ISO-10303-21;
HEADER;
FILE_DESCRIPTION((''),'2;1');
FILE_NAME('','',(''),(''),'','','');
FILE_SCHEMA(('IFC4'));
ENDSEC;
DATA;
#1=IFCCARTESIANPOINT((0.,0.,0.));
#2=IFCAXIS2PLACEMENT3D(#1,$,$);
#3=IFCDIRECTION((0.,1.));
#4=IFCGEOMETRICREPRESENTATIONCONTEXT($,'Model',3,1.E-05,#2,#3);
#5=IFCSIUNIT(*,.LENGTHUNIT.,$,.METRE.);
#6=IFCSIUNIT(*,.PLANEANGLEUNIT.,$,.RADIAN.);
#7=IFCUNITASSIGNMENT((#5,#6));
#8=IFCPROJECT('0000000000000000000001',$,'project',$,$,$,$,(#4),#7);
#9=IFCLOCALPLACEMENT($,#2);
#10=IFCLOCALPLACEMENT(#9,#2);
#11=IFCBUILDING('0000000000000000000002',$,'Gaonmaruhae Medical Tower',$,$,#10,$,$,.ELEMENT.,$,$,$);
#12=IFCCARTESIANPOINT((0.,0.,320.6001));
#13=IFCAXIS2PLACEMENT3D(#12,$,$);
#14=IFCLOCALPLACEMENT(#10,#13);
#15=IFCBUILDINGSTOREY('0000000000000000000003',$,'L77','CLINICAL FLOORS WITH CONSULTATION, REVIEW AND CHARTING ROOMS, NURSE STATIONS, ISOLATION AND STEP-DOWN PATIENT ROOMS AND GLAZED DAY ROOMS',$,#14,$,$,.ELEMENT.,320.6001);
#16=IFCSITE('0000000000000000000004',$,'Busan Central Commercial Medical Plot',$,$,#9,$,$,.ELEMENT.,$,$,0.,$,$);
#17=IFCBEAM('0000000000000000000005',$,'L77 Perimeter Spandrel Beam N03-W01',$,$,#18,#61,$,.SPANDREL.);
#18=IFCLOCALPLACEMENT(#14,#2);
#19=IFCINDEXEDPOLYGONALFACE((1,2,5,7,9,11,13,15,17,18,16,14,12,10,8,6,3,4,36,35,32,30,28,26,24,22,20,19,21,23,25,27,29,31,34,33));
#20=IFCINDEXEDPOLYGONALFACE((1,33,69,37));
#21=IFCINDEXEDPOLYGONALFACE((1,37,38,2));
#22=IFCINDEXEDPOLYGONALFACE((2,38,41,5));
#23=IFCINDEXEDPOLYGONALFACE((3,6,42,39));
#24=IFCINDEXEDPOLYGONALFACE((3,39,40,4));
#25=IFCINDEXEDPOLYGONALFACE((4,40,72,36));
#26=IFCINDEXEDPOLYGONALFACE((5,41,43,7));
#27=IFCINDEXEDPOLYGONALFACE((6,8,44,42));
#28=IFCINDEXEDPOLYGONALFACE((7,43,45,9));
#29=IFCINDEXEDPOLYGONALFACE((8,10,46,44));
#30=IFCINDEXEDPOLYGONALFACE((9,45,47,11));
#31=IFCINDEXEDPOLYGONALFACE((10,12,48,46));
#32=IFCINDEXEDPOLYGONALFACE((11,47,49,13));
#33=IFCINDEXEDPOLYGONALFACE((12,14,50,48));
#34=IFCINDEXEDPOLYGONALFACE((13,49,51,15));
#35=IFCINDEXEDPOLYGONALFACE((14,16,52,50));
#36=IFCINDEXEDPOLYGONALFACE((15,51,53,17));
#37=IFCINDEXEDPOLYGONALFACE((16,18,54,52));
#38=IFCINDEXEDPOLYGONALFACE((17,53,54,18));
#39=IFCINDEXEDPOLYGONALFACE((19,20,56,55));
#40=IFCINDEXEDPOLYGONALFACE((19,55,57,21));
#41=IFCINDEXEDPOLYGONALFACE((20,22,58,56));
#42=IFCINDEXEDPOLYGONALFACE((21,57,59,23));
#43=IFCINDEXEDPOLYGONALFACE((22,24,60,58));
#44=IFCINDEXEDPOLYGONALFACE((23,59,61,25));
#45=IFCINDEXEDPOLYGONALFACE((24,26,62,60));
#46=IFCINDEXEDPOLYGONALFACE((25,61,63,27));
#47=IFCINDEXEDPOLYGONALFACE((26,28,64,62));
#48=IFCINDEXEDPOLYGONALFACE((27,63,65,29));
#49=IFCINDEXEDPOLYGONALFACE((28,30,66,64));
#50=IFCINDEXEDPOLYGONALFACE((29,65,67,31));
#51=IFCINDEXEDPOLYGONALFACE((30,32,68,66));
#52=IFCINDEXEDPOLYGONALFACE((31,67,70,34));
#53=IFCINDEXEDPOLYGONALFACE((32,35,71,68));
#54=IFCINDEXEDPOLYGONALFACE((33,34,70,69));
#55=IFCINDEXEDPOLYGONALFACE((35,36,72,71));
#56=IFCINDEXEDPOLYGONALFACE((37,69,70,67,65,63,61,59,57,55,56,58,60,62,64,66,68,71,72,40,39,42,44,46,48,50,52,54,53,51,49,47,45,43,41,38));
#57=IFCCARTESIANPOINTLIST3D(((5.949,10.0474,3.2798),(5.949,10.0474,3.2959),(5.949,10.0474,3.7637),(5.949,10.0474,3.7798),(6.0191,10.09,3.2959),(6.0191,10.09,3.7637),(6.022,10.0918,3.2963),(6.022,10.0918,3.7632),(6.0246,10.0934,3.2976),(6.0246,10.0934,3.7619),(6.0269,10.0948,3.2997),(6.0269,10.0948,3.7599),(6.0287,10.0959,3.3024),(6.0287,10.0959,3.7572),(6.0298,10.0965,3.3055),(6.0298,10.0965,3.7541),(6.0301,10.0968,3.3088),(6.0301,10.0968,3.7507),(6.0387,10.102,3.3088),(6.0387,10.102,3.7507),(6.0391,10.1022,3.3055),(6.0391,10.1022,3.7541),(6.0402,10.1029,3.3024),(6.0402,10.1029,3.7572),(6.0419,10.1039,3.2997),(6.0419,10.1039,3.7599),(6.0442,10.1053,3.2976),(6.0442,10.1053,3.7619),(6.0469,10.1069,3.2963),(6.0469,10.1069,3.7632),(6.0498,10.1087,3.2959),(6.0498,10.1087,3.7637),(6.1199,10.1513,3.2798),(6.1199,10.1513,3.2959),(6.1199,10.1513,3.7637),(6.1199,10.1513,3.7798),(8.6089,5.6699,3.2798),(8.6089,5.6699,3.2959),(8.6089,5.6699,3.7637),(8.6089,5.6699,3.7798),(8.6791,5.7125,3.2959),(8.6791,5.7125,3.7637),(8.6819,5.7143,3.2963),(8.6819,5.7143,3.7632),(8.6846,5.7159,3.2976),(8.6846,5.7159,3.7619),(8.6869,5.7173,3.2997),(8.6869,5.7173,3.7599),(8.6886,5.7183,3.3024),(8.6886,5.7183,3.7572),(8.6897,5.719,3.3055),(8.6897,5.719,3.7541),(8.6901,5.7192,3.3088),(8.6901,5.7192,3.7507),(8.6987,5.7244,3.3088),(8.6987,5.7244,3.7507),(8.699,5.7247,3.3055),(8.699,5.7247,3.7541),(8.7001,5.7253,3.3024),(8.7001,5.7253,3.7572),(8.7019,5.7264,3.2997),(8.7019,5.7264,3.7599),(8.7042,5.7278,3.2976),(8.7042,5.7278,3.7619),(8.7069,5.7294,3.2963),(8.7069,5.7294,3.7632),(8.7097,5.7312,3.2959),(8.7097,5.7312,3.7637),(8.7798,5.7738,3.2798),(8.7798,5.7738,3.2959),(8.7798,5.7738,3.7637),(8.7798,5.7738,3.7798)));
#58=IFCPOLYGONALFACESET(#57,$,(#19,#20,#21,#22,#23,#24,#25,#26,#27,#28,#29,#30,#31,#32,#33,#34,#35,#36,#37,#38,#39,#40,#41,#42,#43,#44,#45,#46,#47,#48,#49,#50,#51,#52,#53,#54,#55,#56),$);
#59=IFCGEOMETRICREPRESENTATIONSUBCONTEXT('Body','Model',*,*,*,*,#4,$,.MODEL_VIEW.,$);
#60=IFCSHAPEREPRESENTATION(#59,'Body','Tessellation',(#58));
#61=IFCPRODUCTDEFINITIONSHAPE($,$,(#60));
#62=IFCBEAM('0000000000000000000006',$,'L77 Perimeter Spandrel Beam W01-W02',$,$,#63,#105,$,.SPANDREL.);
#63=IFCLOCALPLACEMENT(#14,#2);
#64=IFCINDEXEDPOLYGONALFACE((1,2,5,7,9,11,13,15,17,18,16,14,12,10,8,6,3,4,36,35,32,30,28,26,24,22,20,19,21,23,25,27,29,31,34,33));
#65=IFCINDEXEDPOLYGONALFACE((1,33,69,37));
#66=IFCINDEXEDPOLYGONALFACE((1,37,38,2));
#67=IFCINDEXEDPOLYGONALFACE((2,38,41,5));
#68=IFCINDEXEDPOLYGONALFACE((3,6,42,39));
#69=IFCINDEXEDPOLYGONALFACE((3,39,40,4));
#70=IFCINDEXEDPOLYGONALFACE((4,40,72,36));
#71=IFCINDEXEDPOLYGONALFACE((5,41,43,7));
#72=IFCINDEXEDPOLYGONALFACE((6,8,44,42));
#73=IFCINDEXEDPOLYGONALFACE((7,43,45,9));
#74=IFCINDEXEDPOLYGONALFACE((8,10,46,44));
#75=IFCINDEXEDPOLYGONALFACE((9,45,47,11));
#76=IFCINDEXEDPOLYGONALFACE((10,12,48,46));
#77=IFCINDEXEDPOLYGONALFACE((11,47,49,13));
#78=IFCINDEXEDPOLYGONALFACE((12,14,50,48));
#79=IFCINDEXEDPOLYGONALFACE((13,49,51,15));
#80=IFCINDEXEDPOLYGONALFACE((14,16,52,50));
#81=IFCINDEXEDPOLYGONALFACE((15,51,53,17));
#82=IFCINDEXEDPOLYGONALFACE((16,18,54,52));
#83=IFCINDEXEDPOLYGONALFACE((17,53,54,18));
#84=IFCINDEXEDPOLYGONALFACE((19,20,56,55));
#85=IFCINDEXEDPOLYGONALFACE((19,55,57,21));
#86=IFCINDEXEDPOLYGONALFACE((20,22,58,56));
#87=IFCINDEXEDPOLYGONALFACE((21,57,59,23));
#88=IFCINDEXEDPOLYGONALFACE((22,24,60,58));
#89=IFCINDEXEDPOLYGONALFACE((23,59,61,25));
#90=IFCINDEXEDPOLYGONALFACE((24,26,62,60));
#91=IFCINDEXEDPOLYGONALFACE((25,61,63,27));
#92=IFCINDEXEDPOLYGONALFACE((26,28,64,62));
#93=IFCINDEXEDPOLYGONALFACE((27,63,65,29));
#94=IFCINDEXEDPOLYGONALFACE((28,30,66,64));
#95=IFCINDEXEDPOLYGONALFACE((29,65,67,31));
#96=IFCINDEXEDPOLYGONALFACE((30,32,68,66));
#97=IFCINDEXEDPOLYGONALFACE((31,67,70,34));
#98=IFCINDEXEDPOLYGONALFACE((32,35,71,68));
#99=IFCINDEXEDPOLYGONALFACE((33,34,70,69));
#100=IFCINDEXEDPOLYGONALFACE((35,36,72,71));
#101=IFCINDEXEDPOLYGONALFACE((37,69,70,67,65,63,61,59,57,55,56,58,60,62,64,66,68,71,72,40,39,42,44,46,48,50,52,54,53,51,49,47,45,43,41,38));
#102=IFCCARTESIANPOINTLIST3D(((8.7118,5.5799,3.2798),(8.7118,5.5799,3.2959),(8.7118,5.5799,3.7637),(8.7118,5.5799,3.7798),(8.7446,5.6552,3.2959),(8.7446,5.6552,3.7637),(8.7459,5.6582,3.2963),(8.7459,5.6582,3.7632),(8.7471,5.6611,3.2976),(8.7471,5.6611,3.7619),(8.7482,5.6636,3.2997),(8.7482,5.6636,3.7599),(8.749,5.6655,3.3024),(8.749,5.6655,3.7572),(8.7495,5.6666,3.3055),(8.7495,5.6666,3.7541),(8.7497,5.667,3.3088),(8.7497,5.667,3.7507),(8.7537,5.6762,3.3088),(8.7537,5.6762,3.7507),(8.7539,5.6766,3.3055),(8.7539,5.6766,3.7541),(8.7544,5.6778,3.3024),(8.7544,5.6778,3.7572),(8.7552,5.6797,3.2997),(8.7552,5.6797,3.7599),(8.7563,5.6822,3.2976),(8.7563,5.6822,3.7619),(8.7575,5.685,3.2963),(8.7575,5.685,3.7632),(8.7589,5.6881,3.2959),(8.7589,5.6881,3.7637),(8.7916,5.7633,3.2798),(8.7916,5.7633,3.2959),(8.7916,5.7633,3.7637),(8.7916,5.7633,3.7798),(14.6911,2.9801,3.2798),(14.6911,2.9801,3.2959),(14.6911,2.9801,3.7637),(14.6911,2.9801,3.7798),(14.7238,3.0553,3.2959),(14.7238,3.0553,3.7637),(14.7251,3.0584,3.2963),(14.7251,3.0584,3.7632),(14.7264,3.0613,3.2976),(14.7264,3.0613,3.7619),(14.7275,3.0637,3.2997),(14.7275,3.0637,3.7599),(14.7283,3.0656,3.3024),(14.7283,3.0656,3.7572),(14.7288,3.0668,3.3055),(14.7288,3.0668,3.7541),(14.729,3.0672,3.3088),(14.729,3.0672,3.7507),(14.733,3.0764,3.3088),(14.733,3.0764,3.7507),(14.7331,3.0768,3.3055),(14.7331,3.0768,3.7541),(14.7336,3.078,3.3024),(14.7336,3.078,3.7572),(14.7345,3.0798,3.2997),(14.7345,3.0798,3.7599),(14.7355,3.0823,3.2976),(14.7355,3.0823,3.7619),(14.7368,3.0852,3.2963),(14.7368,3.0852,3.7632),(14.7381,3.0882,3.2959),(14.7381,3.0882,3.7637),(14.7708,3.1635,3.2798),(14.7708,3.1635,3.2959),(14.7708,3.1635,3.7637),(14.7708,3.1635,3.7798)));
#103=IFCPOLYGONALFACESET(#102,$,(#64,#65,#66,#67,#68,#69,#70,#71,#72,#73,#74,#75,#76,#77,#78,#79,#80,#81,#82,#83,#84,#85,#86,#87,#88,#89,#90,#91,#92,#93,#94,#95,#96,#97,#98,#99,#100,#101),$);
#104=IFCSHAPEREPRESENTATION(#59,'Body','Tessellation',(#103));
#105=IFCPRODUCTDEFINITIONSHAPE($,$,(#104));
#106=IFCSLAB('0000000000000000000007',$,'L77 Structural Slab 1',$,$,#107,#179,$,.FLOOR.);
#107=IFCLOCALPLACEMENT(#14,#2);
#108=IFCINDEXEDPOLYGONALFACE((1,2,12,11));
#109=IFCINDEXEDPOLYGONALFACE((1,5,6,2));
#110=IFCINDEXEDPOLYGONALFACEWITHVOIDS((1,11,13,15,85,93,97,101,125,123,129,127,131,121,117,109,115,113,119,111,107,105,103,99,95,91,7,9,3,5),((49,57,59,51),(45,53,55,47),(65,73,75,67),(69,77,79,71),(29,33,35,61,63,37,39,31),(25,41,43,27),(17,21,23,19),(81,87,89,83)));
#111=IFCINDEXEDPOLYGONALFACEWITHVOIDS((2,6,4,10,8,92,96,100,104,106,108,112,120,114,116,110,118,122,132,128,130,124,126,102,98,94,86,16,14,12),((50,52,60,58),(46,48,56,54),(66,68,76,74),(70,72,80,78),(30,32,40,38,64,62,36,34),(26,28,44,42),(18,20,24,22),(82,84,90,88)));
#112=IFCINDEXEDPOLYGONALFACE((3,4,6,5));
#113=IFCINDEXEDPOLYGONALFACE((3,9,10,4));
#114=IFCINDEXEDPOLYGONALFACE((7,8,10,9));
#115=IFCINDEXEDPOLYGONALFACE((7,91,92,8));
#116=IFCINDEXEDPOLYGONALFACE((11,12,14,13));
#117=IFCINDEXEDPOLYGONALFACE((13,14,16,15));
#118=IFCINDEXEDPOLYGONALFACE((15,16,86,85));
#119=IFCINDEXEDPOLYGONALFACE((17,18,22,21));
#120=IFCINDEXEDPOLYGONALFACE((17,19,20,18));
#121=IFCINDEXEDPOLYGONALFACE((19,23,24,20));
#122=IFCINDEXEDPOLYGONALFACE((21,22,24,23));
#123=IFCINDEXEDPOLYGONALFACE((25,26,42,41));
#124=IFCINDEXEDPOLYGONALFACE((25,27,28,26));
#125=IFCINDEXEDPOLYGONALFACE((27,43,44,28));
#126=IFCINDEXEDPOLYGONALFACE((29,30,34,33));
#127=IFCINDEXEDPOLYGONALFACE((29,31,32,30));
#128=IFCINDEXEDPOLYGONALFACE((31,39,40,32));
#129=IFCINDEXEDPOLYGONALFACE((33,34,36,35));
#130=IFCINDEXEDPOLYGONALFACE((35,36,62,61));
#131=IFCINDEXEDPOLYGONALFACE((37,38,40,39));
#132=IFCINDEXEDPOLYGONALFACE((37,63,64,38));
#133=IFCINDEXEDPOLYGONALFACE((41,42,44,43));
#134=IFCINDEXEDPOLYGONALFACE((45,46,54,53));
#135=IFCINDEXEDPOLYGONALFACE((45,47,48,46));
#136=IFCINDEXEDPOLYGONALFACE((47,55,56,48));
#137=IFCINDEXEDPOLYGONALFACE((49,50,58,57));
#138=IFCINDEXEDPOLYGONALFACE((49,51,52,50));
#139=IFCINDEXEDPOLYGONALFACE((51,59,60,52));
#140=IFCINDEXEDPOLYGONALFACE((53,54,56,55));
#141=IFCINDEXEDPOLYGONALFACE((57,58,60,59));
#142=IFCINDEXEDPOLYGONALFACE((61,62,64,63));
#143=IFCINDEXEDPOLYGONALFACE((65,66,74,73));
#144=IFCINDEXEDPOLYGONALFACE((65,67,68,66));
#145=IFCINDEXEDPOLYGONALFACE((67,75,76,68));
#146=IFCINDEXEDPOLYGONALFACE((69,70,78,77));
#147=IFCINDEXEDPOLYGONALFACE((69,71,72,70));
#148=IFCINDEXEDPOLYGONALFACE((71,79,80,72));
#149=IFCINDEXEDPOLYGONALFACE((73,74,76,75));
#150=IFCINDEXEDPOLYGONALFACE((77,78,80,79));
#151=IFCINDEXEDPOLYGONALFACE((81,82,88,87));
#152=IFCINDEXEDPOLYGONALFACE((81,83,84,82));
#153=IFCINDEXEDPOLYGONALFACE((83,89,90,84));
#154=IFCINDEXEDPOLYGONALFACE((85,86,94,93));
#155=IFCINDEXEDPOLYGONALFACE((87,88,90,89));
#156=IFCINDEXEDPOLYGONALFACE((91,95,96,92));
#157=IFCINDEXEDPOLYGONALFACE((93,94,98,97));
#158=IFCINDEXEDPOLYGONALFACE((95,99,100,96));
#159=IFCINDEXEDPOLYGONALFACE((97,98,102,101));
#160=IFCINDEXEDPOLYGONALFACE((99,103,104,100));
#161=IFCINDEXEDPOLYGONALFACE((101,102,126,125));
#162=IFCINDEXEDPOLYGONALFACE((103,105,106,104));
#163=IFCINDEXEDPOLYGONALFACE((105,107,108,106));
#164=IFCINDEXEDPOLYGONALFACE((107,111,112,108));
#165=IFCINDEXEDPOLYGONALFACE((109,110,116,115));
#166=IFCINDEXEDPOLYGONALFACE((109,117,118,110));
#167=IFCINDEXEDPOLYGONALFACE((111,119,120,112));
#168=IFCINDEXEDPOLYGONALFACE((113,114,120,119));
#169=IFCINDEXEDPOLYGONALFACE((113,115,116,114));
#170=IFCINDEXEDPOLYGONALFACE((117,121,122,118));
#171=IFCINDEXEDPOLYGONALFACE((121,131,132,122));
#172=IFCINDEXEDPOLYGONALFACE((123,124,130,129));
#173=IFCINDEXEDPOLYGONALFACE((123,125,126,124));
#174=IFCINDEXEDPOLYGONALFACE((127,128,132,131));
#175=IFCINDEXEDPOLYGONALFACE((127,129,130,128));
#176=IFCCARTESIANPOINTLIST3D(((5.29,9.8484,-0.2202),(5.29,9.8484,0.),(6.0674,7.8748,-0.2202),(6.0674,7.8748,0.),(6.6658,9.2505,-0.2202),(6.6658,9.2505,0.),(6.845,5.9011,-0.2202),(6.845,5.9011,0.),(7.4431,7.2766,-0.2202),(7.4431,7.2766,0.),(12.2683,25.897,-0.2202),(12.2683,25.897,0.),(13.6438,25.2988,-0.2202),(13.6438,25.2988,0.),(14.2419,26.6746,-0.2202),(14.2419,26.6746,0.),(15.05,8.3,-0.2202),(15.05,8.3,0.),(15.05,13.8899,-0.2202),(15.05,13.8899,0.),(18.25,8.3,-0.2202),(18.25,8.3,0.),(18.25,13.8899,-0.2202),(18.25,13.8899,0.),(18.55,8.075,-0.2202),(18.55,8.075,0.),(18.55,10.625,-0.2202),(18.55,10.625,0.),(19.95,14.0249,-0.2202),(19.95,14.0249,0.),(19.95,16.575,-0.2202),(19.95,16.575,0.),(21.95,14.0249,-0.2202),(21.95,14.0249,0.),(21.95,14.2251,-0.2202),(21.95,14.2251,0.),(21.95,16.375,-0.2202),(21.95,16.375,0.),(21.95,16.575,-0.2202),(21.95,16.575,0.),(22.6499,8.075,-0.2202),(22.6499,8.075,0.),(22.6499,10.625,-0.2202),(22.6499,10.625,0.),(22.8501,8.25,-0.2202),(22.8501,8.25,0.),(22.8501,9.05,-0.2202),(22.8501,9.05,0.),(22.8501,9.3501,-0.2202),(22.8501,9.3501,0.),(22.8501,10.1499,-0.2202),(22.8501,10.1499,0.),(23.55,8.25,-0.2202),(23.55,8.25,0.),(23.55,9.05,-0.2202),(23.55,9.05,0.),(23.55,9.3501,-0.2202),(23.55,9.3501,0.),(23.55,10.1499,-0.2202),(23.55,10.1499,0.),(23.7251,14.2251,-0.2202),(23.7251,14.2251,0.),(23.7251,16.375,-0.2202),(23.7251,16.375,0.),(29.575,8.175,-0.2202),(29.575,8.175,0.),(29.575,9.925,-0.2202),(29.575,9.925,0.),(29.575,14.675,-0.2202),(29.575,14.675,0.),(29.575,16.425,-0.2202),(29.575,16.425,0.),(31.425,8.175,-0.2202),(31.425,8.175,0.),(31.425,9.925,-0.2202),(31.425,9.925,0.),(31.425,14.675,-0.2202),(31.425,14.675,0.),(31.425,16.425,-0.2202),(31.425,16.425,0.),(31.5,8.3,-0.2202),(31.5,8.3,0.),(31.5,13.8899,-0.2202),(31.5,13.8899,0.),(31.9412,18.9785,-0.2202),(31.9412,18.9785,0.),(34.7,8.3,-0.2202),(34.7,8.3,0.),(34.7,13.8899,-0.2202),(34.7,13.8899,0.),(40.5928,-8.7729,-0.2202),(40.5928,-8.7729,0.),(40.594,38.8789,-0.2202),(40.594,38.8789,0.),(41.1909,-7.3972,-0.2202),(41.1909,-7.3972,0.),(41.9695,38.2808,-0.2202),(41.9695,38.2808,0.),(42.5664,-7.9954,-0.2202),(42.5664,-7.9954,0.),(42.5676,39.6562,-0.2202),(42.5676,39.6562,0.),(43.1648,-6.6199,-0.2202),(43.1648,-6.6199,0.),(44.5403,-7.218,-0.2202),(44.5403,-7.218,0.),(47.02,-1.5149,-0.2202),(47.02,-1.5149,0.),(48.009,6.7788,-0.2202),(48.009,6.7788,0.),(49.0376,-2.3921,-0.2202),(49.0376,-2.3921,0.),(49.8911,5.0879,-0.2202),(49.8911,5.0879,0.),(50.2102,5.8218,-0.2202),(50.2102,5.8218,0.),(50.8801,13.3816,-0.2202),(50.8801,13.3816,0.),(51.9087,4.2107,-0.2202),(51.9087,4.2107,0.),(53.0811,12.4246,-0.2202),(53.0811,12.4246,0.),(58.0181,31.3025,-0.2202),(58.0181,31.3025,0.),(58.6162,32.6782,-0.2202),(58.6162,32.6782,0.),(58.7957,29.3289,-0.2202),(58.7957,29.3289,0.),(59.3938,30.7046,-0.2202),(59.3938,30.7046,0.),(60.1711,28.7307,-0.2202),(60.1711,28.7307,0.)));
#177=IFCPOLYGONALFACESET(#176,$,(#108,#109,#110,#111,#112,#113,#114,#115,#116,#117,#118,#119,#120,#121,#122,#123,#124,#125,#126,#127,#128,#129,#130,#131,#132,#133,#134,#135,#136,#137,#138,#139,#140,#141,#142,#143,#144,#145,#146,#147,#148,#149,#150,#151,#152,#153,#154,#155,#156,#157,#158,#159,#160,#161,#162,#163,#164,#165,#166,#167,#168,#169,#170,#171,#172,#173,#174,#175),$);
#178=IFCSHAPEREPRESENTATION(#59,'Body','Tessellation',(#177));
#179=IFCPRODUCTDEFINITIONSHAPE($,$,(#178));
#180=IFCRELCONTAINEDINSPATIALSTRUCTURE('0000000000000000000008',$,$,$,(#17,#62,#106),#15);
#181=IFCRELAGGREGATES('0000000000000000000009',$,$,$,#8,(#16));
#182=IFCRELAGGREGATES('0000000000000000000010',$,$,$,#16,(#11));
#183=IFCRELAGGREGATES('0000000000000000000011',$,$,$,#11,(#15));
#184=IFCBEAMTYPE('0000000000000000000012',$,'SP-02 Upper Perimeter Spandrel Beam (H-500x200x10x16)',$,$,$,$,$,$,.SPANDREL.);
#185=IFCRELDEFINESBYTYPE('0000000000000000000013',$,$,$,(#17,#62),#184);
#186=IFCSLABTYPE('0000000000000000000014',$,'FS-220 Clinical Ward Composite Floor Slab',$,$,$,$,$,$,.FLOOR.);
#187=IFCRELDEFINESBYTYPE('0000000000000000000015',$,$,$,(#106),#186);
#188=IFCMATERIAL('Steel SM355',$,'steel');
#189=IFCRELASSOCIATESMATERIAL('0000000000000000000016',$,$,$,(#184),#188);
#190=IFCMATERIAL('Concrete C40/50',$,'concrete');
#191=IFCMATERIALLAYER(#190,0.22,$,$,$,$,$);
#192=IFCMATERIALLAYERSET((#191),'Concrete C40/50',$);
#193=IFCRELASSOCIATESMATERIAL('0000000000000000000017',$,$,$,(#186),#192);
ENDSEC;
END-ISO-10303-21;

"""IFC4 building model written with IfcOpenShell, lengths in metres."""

from ifc_helpers import new_model, si_unit, direction, frame, origin, origin_2d, place, context, subcontext, project, spatial, polyline, i_section, outline, extrude, material, layer, layer_set, material_profile, profile_set, type_object, element, save


model = new_model("IFC4")

# Units and contexts
model_context = context("Model", 3, precision=1e-05, world=origin(), true_north=direction((0.0, 1.0)))
body_context = subcontext(model_context, "Body", "Model", "MODEL_VIEW")
ifc_project = project(units=[si_unit("LENGTHUNIT", "METRE"), si_unit("PLANEANGLEUNIT", "RADIAN")], contexts=[model_context])

# Site, building, storey
site_placement = place(None, origin())
site = spatial("IfcSite", under=ifc_project, at=site_placement, Name="Busan Central Commercial Medical Plot", CompositionType="ELEMENT", RefElevation=0.0)
building_placement = place(site_placement, origin())
building = spatial("IfcBuilding", under=site, at=building_placement, Name="Gaonmaruhae Medical Tower", CompositionType="ELEMENT")
storey_placement = place(building_placement, frame((0.0, 0.0, 320.6001)))
storey = spatial("IfcBuildingStorey", under=building, at=storey_placement, Name="L77", Description="CLINICAL FLOORS WITH CONSULTATION, REVIEW AND CHARTING ROOMS, NURSE STATIONS, ISOLATION AND STEP-DOWN PATIENT ROOMS AND GLAZED DAY ROOMS", CompositionType="ELEMENT", Elevation=320.6001)

# Beams
ifc_material_1 = material(Name="Steel SM355", Category="steel")
ifc_material_profile_1 = material_profile(ifc_material_1, i_section(OverallWidth=0.2, OverallDepth=0.5, WebThickness=0.01, FlangeThickness=0.0161, FilletRadius=0.0129, at=origin_2d()), Name="H-500x200x10x16")
ifc_profile_set_1 = profile_set([ifc_material_profile_1], Name="Steel SM355")
beam_type_1 = type_object("IfcBeamType", Name="SP-02 Upper Perimeter Spandrel Beam (H-500x200x10x16)", PredefinedType="SPANDREL", material=ifc_profile_set_1)
beam_1_placement = place(storey_placement, frame((6.0344, 10.0994, 3.5298), z_axis=(0.519289, -0.854599, 0.0), x_axis=(0.854599, 0.519289, 0.0)))
element("IfcBeam", 1, at=beam_1_placement, inside=storey, type_object=beam_type_1, Name="L77 Perimeter Spandrel Beam N03-W01", PredefinedType="SPANDREL", context=body_context, shape_type="SweptSolid", body=[
    extrude(i_section(OverallWidth=0.2, OverallDepth=0.5, WebThickness=0.01, FlangeThickness=0.0161, FilletRadius=0.0129, at=origin_2d()), origin(), (0.0, 0.0, 1.0), 5.1223),
])
beam_2_placement = place(storey_placement, frame((8.7517, 5.6716, 3.5298), z_axis=(0.91706, -0.398749, 0.0), x_axis=(0.398749, 0.91706, 0.0)))
element("IfcBeam", 2, at=beam_2_placement, inside=storey, type_object=beam_type_1, Name="L77 Perimeter Spandrel Beam W01-W02", PredefinedType="SPANDREL", context=body_context, shape_type="SweptSolid", body=[
    extrude(i_section(OverallWidth=0.2, OverallDepth=0.5, WebThickness=0.01, FlangeThickness=0.0161, FilletRadius=0.0129, at=origin_2d()), origin(), (0.0, 0.0, 1.0), 6.52),
])

# Slab
ifc_material_2 = material(Name="Concrete C40/50", Category="concrete")
ifc_layer_1 = layer(ifc_material_2, 0.22)
ifc_layer_set_1 = layer_set([ifc_layer_1], Name="Concrete C40/50")
slab_type_1 = type_object("IfcSlabType", Name="FS-220 Clinical Ward Composite Floor Slab", PredefinedType="FLOOR", material=ifc_layer_set_1)
slab_1_placement = place(storey_placement, frame((0.0, 0.0, -0.2202)))
element("IfcSlab", 3, at=slab_1_placement, inside=storey, type_object=slab_type_1, Name="L77 Structural Slab 1", PredefinedType="FLOOR", context=body_context, shape_type="SweptSolid", body=[
    extrude(outline(polyline([(43.1648, -6.6199), (42.5664, -7.9954), (41.1909, -7.3972), (40.5928, -8.7729), (6.845, 5.9011), (7.4431, 7.2766), (6.0674, 7.8748), (6.6658, 9.2505), (5.29, 9.8484), (12.2683, 25.897), (13.6438, 25.2988), (14.2419, 26.6746), (31.9412, 18.9785), (40.594, 38.8789), (41.9695, 38.2808), (42.5676, 39.6562), (58.6162, 32.6782), (58.0181, 31.3025), (59.3938, 30.7046), (58.7957, 29.3289), (60.1711, 28.7307), (53.0811, 12.4246), (50.8801, 13.3816), (48.009, 6.7788), (50.2102, 5.8218), (49.8911, 5.0879), (51.9087, 4.2107), (49.0376, -2.3921), (47.02, -1.5149), (44.5403, -7.218), (43.1648, -6.6199)]), holes=[polyline([(23.55, 8.25), (22.8501, 8.25), (22.8501, 9.05), (23.55, 9.05), (23.55, 8.25)]), polyline([(29.575, 9.925), (31.425, 9.925), (31.425, 8.175), (29.575, 8.175), (29.575, 9.925)]), polyline([(18.55, 10.625), (22.6499, 10.625), (22.6499, 8.075), (18.55, 8.075), (18.55, 10.625)]), polyline([(23.55, 9.3501), (22.8501, 9.3501), (22.8501, 10.1499), (23.55, 10.1499), (23.55, 9.3501)]), polyline([(15.05, 13.8899), (18.25, 13.8899), (18.25, 8.3), (15.05, 8.3), (15.05, 13.8899)]), polyline([(31.5, 13.8899), (34.7, 13.8899), (34.7, 8.3), (31.5, 8.3), (31.5, 13.8899)]), polyline([(23.7251, 14.2251), (21.95, 14.2251), (21.95, 14.0249), (19.95, 14.0249), (19.95, 16.575), (21.95, 16.575), (21.95, 16.375), (23.7251, 16.375), (23.7251, 14.2251)]), polyline([(31.425, 16.425), (31.425, 14.675), (29.575, 14.675), (29.575, 16.425), (31.425, 16.425)])]), origin(), (0.0, 0.0, 1.0), 0.2202),
])

save(model, "model.ifc")
